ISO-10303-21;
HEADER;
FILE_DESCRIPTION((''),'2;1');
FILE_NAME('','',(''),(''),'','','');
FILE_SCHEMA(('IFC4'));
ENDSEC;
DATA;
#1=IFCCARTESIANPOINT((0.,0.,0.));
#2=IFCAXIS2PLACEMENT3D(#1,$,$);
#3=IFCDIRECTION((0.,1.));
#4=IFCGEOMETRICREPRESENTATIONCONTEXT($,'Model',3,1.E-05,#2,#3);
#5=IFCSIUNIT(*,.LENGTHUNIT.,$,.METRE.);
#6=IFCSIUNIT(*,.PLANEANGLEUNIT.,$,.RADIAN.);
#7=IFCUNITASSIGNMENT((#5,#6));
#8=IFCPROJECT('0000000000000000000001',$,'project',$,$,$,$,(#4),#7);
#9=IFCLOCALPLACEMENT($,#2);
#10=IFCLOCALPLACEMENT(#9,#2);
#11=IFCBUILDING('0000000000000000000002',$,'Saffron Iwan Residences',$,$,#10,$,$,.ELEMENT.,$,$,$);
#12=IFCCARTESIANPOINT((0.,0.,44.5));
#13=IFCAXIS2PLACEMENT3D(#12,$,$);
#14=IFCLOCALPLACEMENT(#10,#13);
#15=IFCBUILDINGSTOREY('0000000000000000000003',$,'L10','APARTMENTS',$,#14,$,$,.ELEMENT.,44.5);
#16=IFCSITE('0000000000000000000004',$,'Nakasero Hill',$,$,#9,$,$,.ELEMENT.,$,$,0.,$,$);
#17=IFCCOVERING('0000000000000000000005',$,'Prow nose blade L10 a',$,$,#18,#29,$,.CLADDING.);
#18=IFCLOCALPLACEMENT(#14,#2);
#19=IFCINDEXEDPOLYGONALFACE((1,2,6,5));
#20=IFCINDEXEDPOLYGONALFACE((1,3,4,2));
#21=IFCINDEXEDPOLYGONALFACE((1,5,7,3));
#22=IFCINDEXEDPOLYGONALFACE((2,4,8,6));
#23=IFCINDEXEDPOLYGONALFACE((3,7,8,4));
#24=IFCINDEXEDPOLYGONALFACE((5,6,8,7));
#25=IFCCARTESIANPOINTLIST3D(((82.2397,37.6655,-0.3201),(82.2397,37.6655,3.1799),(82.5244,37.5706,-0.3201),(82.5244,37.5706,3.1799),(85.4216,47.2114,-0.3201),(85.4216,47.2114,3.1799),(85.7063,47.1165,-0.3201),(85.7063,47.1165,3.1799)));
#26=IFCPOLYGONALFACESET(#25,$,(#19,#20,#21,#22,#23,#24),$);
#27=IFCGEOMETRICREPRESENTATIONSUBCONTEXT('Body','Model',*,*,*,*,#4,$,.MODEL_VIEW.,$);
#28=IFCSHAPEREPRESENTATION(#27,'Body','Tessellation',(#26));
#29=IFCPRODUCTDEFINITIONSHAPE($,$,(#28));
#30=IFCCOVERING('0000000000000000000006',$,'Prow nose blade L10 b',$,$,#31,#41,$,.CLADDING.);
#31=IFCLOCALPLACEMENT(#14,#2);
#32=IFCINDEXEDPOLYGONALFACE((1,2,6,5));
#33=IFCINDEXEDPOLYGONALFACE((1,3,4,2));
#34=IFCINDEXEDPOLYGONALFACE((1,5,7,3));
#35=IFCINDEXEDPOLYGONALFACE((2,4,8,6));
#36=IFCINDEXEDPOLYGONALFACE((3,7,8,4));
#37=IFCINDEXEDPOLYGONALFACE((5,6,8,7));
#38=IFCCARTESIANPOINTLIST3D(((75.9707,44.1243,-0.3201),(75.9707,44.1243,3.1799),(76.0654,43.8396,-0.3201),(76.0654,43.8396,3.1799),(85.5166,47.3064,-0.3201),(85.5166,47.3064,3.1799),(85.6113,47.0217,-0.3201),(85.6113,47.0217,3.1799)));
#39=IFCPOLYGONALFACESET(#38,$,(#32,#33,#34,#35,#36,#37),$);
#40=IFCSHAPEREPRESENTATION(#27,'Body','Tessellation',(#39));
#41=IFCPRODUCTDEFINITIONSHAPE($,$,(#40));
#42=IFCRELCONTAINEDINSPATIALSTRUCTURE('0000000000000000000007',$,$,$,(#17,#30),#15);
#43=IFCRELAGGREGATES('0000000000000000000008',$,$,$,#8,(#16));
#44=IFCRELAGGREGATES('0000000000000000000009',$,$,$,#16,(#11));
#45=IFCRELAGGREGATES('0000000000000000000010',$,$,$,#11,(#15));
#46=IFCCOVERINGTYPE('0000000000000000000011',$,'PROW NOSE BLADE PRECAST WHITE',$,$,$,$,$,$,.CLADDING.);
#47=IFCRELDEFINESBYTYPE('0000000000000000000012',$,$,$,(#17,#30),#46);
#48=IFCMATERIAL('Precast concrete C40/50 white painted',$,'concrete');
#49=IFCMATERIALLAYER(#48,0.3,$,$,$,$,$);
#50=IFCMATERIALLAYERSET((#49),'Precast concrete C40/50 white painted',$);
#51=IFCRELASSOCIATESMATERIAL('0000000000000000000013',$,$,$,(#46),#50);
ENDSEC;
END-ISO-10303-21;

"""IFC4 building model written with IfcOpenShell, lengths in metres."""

from ifc_helpers import new_model, si_unit, direction, frame, origin, place, context, subcontext, project, spatial, polyline, outline, extrude, material, layer, layer_set, type_object, element, save


model = new_model("IFC4")

# Units and contexts
model_context = context("Model", 3, precision=1e-05, world=origin(), true_north=direction((0.0, 1.0)))
body_context = subcontext(model_context, "Body", "Model", "MODEL_VIEW")
ifc_project = project(units=[si_unit("LENGTHUNIT", "METRE"), si_unit("PLANEANGLEUNIT", "RADIAN")], contexts=[model_context])

# Site, building, storey
site_placement = place(None, origin())
site = spatial("IfcSite", under=ifc_project, at=site_placement, Name="Nakasero Hill", CompositionType="ELEMENT", RefElevation=0.0)
building_placement = place(site_placement, origin())
building = spatial("IfcBuilding", under=site, at=building_placement, Name="Saffron Iwan Residences", CompositionType="ELEMENT")
storey_placement = place(building_placement, frame((0.0, 0.0, 44.5)))
storey = spatial("IfcBuildingStorey", under=building, at=storey_placement, Name="L10", Description="APARTMENTS", CompositionType="ELEMENT", Elevation=44.5)

# Coverings
ifc_material_1 = material(Name="Precast concrete C40/50 white painted", Category="concrete")
ifc_layer_1 = layer(ifc_material_1, 0.3)
ifc_layer_set_1 = layer_set([ifc_layer_1], Name="Precast concrete C40/50 white painted")
covering_type_1 = type_object("IfcCoveringType", Name="PROW NOSE BLADE PRECAST WHITE", PredefinedType="CLADDING", material=ifc_layer_set_1)
covering_1_placement = place(storey_placement, frame((0.0, 0.0, -0.3201)))
element("IfcCovering", 1, at=covering_1_placement, inside=storey, type_object=covering_type_1, Name="Prow nose blade L10 a", PredefinedType="CLADDING", context=body_context, shape_type="SweptSolid", body=[
    extrude(outline(polyline([(82.5244, 37.5706), (85.7063, 47.1165), (85.4216, 47.2114), (82.2397, 37.6655), (82.5244, 37.5706)])), origin(), (0.0, 0.0, 1.0), 3.5),
])
covering_2_placement = place(storey_placement, frame((0.0, 0.0, -0.3201)))
element("IfcCovering", 2, at=covering_2_placement, inside=storey, type_object=covering_type_1, Name="Prow nose blade L10 b", PredefinedType="CLADDING", context=body_context, shape_type="SweptSolid", body=[
    extrude(outline(polyline([(76.0654, 43.8396), (85.6113, 47.0217), (85.5166, 47.3064), (75.9707, 44.1243), (76.0654, 43.8396)])), origin(), (0.0, 0.0, 1.0), 3.5),
])

save(model, "model.ifc")
